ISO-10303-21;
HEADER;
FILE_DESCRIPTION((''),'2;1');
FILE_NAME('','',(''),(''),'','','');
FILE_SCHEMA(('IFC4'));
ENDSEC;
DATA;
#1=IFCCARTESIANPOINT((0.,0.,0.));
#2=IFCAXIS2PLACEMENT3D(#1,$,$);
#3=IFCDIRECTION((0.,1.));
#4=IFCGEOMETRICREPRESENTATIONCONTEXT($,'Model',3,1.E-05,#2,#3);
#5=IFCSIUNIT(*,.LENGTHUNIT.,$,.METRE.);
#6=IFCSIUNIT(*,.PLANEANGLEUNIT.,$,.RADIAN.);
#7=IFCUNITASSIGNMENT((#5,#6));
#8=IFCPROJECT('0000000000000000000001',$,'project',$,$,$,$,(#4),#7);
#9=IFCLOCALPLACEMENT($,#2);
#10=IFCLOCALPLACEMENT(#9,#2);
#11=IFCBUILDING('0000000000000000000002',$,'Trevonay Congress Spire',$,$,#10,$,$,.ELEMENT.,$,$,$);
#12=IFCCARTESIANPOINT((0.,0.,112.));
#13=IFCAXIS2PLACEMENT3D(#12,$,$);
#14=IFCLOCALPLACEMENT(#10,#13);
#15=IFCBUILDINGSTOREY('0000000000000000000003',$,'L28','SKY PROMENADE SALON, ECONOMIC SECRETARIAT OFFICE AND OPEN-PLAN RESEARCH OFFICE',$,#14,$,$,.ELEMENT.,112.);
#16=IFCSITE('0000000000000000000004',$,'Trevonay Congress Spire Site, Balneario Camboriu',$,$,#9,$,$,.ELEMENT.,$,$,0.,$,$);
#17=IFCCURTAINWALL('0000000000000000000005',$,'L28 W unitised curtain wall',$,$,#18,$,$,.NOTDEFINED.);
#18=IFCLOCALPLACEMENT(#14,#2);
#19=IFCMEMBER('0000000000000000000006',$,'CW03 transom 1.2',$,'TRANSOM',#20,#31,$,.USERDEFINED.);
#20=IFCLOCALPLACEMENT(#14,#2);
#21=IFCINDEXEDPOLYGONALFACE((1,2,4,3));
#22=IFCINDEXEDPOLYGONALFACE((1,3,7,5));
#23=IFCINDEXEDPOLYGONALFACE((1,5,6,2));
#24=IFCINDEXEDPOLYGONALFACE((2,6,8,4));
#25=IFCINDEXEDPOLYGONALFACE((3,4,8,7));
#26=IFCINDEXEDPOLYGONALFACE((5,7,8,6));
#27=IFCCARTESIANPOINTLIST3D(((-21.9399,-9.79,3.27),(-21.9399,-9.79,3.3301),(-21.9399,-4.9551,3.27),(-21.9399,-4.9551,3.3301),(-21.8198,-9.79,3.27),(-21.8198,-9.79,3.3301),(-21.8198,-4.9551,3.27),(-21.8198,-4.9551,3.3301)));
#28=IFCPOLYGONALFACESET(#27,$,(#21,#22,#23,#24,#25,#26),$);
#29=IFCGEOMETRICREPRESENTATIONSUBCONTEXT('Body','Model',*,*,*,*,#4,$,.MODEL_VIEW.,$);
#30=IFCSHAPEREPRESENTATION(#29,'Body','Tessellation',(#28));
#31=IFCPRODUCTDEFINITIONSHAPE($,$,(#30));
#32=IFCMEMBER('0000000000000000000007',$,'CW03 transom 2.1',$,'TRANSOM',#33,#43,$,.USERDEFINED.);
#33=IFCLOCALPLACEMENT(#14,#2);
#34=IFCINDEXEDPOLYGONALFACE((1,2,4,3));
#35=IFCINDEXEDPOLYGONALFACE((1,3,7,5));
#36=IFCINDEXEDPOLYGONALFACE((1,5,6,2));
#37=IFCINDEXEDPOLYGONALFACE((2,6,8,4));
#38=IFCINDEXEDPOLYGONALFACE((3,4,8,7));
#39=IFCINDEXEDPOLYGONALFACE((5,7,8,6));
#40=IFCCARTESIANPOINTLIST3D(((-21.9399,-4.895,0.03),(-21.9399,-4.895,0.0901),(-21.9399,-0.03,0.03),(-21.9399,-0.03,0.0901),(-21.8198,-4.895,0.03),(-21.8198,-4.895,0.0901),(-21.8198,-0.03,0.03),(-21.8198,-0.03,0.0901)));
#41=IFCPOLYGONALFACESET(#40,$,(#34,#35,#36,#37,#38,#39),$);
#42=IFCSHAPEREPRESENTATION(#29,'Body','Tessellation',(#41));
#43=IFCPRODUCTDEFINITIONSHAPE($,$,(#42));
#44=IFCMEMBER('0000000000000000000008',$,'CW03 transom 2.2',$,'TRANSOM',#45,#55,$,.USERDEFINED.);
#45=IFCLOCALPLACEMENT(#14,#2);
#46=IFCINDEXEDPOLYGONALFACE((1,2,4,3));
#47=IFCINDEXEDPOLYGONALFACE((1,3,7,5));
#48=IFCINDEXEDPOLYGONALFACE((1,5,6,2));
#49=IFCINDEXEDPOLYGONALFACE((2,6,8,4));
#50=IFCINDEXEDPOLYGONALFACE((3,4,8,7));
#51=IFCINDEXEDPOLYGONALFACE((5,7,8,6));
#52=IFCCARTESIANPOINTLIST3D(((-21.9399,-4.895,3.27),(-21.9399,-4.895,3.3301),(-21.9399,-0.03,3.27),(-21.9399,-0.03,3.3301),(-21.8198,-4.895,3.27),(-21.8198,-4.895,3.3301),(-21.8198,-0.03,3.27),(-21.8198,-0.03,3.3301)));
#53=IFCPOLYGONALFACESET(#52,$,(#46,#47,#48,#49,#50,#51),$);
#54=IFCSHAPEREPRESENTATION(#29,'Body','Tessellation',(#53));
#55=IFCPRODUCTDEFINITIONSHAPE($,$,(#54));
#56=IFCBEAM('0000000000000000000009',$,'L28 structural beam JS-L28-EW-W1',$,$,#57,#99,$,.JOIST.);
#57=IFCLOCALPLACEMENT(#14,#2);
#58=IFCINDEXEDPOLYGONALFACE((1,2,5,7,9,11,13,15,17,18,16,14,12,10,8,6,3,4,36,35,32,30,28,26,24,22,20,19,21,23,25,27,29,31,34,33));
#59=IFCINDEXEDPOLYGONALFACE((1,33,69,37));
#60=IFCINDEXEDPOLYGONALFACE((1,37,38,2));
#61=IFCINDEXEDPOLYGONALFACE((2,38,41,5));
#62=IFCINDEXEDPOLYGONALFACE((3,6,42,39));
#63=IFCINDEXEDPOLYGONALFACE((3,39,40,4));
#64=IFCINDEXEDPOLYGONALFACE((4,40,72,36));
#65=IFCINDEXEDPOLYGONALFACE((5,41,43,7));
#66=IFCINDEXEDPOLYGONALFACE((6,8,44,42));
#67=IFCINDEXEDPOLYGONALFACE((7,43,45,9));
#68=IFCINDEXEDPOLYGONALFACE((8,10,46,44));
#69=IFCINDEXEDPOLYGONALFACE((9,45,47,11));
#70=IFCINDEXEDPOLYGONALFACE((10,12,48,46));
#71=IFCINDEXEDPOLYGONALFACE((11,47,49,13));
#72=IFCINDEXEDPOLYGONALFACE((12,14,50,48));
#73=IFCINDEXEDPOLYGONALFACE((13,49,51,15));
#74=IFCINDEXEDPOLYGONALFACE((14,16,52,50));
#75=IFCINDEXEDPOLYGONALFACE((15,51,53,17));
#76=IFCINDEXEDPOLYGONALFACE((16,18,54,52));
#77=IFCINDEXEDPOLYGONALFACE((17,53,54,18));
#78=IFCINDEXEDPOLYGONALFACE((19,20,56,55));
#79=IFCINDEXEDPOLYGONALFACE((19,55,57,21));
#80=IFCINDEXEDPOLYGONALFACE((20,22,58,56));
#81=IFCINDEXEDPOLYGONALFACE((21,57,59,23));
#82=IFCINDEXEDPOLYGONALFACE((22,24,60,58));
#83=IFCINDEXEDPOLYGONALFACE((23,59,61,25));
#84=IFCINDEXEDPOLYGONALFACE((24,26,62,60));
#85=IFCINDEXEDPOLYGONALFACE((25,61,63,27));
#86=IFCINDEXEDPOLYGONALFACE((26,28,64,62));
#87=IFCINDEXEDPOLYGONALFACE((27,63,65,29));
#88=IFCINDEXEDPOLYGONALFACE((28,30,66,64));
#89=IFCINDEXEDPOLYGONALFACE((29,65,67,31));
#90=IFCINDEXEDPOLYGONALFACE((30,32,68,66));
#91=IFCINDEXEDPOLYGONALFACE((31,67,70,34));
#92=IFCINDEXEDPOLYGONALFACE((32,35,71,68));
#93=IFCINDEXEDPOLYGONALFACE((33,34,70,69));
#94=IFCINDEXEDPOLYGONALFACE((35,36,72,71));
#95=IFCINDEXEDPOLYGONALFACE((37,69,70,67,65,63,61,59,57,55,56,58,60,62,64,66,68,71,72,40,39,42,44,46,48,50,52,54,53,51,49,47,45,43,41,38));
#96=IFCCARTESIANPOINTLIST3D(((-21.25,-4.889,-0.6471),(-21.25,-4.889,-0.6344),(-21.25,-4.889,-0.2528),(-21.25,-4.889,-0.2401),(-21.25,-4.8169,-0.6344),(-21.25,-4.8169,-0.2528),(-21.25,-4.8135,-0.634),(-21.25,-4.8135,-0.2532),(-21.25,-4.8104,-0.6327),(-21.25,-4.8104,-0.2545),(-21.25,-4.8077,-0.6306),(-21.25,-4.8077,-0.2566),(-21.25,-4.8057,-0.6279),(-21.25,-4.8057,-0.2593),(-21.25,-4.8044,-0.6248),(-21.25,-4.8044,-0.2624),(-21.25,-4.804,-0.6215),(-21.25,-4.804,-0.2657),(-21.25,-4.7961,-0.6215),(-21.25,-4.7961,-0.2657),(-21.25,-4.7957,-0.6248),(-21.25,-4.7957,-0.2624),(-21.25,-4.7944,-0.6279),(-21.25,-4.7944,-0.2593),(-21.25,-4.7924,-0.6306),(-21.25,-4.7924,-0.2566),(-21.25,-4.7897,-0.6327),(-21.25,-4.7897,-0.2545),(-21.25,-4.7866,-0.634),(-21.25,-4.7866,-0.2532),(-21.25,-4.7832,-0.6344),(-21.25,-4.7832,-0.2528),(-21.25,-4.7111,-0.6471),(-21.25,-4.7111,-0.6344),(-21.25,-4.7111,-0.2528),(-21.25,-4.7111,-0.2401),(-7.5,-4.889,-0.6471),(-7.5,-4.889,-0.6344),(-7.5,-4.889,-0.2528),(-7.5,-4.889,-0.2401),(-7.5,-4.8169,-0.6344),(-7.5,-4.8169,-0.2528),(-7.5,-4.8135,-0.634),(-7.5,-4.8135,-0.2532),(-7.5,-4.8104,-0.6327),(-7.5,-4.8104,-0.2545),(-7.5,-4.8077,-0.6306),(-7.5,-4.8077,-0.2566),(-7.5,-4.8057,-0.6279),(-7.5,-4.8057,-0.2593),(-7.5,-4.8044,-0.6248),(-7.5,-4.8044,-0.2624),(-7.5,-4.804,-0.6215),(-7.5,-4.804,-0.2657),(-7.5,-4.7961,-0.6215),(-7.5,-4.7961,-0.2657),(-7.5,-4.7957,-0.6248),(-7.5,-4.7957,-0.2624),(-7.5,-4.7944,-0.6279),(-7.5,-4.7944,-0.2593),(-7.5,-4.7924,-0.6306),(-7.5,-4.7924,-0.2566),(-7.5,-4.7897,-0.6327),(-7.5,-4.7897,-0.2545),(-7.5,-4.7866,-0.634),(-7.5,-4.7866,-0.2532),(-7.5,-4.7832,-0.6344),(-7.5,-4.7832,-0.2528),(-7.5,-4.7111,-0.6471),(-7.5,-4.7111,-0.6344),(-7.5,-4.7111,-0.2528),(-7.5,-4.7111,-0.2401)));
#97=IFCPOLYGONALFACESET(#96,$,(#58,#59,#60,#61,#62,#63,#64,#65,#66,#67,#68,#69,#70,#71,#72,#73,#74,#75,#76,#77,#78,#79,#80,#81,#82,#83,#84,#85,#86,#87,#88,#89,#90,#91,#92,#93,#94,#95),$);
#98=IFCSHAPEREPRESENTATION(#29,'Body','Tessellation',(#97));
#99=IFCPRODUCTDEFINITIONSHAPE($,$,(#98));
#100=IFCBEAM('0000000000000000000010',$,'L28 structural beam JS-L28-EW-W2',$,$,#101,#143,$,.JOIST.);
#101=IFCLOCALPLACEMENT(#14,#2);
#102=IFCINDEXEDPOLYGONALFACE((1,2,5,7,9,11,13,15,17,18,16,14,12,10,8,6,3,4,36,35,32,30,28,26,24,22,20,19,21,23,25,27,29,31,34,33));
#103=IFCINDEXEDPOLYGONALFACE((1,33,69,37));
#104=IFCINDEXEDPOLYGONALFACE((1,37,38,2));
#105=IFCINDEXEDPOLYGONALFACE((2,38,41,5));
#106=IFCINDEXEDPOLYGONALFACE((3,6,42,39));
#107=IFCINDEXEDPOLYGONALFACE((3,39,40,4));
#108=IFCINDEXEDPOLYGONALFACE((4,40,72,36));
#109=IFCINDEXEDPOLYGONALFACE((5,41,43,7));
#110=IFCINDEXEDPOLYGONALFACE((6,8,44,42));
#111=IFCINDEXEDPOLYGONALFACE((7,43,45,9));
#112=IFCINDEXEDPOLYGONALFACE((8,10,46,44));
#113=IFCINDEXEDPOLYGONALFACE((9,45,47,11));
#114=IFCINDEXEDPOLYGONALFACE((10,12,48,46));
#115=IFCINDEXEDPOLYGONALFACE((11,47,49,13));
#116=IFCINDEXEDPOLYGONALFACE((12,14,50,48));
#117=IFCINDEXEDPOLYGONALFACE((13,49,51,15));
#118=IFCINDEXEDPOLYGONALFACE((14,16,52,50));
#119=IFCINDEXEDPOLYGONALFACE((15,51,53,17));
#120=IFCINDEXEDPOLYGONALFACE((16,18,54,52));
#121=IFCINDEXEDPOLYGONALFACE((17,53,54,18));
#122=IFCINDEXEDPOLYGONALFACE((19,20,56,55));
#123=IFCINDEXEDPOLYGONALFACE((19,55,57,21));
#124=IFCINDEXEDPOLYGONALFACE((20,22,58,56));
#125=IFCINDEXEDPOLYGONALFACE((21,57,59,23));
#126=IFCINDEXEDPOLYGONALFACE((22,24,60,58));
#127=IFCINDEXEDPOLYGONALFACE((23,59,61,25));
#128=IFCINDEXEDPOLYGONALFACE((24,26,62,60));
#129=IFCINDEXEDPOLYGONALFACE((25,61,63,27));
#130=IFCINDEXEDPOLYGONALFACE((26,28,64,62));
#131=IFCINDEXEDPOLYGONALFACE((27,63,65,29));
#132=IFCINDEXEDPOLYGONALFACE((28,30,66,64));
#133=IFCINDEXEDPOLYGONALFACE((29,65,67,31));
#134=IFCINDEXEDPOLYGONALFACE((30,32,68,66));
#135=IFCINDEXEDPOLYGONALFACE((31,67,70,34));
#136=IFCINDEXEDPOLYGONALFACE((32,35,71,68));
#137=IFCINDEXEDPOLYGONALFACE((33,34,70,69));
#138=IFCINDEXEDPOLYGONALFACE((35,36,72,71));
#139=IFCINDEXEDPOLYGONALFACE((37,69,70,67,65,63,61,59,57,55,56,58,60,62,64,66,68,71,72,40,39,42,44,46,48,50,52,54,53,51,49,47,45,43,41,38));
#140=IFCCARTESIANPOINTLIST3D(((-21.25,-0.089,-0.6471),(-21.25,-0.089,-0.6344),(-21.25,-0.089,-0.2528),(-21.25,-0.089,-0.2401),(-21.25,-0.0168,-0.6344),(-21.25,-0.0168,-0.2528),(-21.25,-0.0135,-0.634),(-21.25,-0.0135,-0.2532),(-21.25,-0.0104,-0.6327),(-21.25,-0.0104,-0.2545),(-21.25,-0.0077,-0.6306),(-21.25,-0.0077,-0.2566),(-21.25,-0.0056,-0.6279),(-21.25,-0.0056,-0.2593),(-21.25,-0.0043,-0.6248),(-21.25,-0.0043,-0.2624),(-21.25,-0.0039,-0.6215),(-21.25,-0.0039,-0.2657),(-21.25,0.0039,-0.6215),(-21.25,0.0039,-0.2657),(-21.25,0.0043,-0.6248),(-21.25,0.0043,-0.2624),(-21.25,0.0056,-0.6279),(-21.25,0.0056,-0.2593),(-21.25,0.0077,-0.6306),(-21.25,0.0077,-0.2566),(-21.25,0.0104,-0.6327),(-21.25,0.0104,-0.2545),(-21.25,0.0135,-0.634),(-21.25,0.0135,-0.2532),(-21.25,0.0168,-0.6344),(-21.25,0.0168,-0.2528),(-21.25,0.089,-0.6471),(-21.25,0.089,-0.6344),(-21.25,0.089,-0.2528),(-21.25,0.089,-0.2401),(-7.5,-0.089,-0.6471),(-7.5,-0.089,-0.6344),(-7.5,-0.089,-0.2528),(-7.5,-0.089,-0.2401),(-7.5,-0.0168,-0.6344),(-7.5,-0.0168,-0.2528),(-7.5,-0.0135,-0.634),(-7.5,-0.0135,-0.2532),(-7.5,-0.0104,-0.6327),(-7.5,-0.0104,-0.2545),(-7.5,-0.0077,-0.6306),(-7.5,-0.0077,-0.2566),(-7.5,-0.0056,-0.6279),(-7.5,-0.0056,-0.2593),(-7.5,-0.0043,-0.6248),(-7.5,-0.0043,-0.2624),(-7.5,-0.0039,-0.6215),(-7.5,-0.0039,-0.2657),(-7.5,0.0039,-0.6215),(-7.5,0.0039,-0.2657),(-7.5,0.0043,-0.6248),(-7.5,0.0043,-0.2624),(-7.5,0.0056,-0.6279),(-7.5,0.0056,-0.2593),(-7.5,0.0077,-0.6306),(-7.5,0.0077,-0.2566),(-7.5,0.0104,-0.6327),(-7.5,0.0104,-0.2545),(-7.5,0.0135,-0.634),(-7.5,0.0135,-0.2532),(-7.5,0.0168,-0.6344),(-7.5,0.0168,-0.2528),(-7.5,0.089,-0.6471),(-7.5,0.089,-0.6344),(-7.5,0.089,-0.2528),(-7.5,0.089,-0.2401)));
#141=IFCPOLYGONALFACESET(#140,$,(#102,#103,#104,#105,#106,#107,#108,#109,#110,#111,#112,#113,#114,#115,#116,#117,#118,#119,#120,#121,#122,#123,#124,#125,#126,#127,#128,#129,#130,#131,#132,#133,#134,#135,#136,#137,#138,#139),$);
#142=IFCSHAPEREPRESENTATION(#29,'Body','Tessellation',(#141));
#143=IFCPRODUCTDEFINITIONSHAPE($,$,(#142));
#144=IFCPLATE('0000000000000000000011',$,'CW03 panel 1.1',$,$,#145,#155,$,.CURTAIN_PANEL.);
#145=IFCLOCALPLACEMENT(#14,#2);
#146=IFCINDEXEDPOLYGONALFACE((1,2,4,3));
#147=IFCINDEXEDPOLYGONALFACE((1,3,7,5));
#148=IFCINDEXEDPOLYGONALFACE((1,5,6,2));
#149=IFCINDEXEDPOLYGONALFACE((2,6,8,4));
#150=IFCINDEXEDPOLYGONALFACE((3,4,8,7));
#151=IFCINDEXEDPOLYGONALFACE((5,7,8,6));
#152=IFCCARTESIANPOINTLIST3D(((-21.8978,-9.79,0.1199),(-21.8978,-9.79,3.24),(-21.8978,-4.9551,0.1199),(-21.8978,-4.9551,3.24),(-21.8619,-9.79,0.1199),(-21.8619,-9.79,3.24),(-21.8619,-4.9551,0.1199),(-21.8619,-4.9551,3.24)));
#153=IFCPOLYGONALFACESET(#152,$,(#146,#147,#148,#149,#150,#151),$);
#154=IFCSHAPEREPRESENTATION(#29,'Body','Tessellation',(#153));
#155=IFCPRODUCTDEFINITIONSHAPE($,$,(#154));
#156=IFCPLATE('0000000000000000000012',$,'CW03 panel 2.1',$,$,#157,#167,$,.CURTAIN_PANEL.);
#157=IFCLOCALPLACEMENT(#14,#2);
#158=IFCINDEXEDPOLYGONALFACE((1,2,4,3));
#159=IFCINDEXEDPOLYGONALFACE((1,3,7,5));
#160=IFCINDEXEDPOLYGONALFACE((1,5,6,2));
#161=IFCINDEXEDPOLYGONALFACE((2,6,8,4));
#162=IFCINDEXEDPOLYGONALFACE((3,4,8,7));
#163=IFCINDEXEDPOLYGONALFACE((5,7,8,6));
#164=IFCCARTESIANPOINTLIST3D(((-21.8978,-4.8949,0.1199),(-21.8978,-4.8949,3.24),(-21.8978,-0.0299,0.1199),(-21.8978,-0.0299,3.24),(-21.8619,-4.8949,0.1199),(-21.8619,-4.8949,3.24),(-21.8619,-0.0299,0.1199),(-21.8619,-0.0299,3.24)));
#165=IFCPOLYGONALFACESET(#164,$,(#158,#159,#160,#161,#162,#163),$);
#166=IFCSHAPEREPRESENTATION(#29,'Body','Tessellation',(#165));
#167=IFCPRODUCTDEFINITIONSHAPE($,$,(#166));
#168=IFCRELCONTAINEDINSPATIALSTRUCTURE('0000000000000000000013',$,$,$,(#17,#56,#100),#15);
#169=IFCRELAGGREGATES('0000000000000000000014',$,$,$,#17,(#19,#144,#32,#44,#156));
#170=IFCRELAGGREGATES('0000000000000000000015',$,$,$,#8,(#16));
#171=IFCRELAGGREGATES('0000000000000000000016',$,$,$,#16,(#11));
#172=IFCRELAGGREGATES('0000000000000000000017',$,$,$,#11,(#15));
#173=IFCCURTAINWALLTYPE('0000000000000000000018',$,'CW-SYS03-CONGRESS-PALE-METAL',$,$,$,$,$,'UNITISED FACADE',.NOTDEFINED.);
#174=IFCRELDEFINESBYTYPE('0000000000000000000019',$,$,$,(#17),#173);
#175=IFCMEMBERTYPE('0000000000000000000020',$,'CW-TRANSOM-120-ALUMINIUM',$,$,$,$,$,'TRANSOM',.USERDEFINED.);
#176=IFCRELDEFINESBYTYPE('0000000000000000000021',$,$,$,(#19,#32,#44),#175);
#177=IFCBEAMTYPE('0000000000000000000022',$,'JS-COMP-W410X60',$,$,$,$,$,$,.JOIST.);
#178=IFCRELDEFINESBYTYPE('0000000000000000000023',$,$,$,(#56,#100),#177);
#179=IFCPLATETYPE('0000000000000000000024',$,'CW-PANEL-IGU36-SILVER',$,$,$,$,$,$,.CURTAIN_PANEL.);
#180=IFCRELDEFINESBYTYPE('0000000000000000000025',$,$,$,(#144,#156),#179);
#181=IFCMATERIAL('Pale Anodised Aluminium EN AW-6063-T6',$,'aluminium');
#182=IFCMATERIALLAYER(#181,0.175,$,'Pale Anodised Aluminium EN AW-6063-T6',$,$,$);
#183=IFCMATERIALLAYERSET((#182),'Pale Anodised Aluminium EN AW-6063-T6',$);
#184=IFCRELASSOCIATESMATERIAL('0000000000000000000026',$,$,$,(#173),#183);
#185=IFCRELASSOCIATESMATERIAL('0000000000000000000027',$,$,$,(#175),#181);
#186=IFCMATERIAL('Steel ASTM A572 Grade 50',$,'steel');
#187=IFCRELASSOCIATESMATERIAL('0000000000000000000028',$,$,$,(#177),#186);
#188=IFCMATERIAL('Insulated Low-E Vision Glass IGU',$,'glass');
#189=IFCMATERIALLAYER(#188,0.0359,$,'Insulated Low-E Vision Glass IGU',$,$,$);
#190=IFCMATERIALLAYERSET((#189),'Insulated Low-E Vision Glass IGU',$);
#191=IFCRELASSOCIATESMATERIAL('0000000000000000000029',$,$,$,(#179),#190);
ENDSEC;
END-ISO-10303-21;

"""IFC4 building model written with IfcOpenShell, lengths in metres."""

from ifc_helpers import new_model, si_unit, direction, frame, origin, origin_2d, place, context, subcontext, project, spatial, rectangle, i_section, extrude, material, layer, layer_set, material_profile, profile_set, type_object, element, aggregate, save


model = new_model("IFC4")

# Units and contexts
model_context = context("Model", 3, precision=1e-05, world=origin(), true_north=direction((0.0, 1.0)))
body_context = subcontext(model_context, "Body", "Model", "MODEL_VIEW")
ifc_project = project(units=[si_unit("LENGTHUNIT", "METRE"), si_unit("PLANEANGLEUNIT", "RADIAN")], contexts=[model_context])

# Site, building, storey
site_placement = place(None, origin())
site = spatial("IfcSite", under=ifc_project, at=site_placement, Name="Trevonay Congress Spire Site, Balneario Camboriu", CompositionType="ELEMENT", RefElevation=0.0)
building_placement = place(site_placement, origin())
building = spatial("IfcBuilding", under=site, at=building_placement, Name="Trevonay Congress Spire", CompositionType="ELEMENT")
storey_placement = place(building_placement, frame((0.0, 0.0, 112.0)))
storey = spatial("IfcBuildingStorey", under=building, at=storey_placement, Name="L28", Description="SKY PROMENADE SALON, ECONOMIC SECRETARIAT OFFICE AND OPEN-PLAN RESEARCH OFFICE", CompositionType="ELEMENT", Elevation=112.0)

# Shared definitions
ifc_material_1 = material(Name="Steel ASTM A572 Grade 50", Category="steel")

# Curtain wall, members
ifc_material_2 = material(Name="Pale Anodised Aluminium EN AW-6063-T6", Category="aluminium")
ifc_layer_1 = layer(ifc_material_2, 0.175, Name="Pale Anodised Aluminium EN AW-6063-T6")
ifc_layer_set_1 = layer_set([ifc_layer_1], Name="Pale Anodised Aluminium EN AW-6063-T6")
curtain_wall_type = type_object("IfcCurtainWallType", Name="CW-SYS03-CONGRESS-PALE-METAL", ElementType="UNITISED FACADE", PredefinedType="NOTDEFINED", material=ifc_layer_set_1)
curtain_wall_placement = place(storey_placement, origin())
curtain_wall = element("IfcCurtainWall", 1, at=curtain_wall_placement, inside=storey, type_object=curtain_wall_type, Name="L28 W unitised curtain wall", PredefinedType="NOTDEFINED")
ifc_material_profile_1 = material_profile(ifc_material_2, rectangle(XDim=0.1201, YDim=0.0601, at=origin_2d()), Name="CW-TRANSOM-120-ALUMINIUM")
ifc_profile_set_1 = profile_set([ifc_material_profile_1], Name="Pale Anodised Aluminium EN AW-6063-T6")
member_type_1 = type_object("IfcMemberType", Name="CW-TRANSOM-120-ALUMINIUM", ElementType="TRANSOM", PredefinedType="USERDEFINED", material=ifc_profile_set_1)
member_1_placement = place(storey_placement, frame((-21.8799, -9.79, 3.3), z_axis=(0.0, 1.0, 0.0), x_axis=(-1.0, 0.0, 0.0)))
member_1 = element("IfcMember", 2, at=member_1_placement, type_object=member_type_1, Name="CW03 transom 1.2", ObjectType="TRANSOM", PredefinedType="USERDEFINED", context=body_context, shape_type="SweptSolid", body=[
    extrude(rectangle(XDim=0.1201, YDim=0.0601, at=origin_2d()), origin(), (0.0, 0.0, 1.0), 4.835),
])
member_2_placement = place(storey_placement, frame((-21.8799, -4.895, 0.0601), z_axis=(0.0, 1.0, 0.0), x_axis=(-1.0, 0.0, 0.0)))
member_2 = element("IfcMember", 3, at=member_2_placement, type_object=member_type_1, Name="CW03 transom 2.1", ObjectType="TRANSOM", PredefinedType="USERDEFINED", context=body_context, shape_type="SweptSolid", body=[
    extrude(rectangle(XDim=0.1201, YDim=0.0601, at=origin_2d()), origin(), (0.0, 0.0, 1.0), 4.865),
])
member_3_placement = place(storey_placement, frame((-21.8799, -4.895, 3.3), z_axis=(0.0, 1.0, 0.0), x_axis=(-1.0, 0.0, 0.0)))
member_3 = element("IfcMember", 4, at=member_3_placement, type_object=member_type_1, Name="CW03 transom 2.2", ObjectType="TRANSOM", PredefinedType="USERDEFINED", context=body_context, shape_type="SweptSolid", body=[
    extrude(rectangle(XDim=0.1201, YDim=0.0601, at=origin_2d()), origin(), (0.0, 0.0, 1.0), 4.865),
])

# Beams
ifc_material_profile_2 = material_profile(ifc_material_1, i_section(OverallWidth=0.178, OverallDepth=0.407, WebThickness=0.0078, FlangeThickness=0.0127, FilletRadius=0.0129, at=origin_2d()), Name="W410x60")
ifc_profile_set_2 = profile_set([ifc_material_profile_2], Name="Steel ASTM A572 Grade 50")
beam_type_1 = type_object("IfcBeamType", Name="JS-COMP-W410X60", PredefinedType="JOIST", material=ifc_profile_set_2)
for number, where, z_axis, x_axis, name in (
    (5, (-21.25, -4.8, -0.4436), (1.0, 0.0, 0.0), (0.0, 1.0, 0.0), "L28 structural beam JS-L28-EW-W1"),
    (6, (-21.25, 0.0, -0.4436), (1.0, 0.0, 0.0), (0.0, 1.0, 0.0), "L28 structural beam JS-L28-EW-W2"),
):
    element("IfcBeam", number, at=place(storey_placement, frame(where, z_axis=z_axis, x_axis=x_axis)), inside=storey, type_object=beam_type_1, Name=name, PredefinedType="JOIST", context=body_context, shape_type="SweptSolid", body=[
        extrude(i_section(OverallWidth=0.178, OverallDepth=0.407, WebThickness=0.0078, FlangeThickness=0.0127, FilletRadius=0.0129, at=origin_2d()), origin(), (0.0, 0.0, 1.0), 13.75),
    ])

# Plates
ifc_material_3 = material(Name="Insulated Low-E Vision Glass IGU", Category="glass")
ifc_layer_2 = layer(ifc_material_3, 0.0359, Name="Insulated Low-E Vision Glass IGU")
ifc_layer_set_2 = layer_set([ifc_layer_2], Name="Insulated Low-E Vision Glass IGU")
plate_type = type_object("IfcPlateType", Name="CW-PANEL-IGU36-SILVER", PredefinedType="CURTAIN_PANEL", material=ifc_layer_set_2)
plate_1_placement = place(storey_placement, frame((-21.8799, -7.3726, 0.1199), z_axis=(0.0, 0.0, 1.0), x_axis=(0.0, 1.0, 0.0)))
plate_1 = element("IfcPlate", 7, at=plate_1_placement, type_object=plate_type, Name="CW03 panel 1.1", PredefinedType="CURTAIN_PANEL", context=body_context, shape_type="SweptSolid", body=[
    extrude(rectangle(XDim=4.835, YDim=0.0359, at=origin_2d()), origin(), (0.0, 0.0, 1.0), 3.1201),
])
plate_2_placement = place(storey_placement, frame((-21.8799, -2.4624, 0.1199), z_axis=(0.0, 0.0, 1.0), x_axis=(0.0, 1.0, 0.0)))
plate_2 = element("IfcPlate", 8, at=plate_2_placement, type_object=plate_type, Name="CW03 panel 2.1", PredefinedType="CURTAIN_PANEL", context=body_context, shape_type="SweptSolid", body=[
    extrude(rectangle(XDim=4.865, YDim=0.0359, at=origin_2d()), origin(), (0.0, 0.0, 1.0), 3.1201),
])
aggregate(curtain_wall, [member_1, plate_1, member_2, member_3, plate_2])

save(model, "model.ifc")
